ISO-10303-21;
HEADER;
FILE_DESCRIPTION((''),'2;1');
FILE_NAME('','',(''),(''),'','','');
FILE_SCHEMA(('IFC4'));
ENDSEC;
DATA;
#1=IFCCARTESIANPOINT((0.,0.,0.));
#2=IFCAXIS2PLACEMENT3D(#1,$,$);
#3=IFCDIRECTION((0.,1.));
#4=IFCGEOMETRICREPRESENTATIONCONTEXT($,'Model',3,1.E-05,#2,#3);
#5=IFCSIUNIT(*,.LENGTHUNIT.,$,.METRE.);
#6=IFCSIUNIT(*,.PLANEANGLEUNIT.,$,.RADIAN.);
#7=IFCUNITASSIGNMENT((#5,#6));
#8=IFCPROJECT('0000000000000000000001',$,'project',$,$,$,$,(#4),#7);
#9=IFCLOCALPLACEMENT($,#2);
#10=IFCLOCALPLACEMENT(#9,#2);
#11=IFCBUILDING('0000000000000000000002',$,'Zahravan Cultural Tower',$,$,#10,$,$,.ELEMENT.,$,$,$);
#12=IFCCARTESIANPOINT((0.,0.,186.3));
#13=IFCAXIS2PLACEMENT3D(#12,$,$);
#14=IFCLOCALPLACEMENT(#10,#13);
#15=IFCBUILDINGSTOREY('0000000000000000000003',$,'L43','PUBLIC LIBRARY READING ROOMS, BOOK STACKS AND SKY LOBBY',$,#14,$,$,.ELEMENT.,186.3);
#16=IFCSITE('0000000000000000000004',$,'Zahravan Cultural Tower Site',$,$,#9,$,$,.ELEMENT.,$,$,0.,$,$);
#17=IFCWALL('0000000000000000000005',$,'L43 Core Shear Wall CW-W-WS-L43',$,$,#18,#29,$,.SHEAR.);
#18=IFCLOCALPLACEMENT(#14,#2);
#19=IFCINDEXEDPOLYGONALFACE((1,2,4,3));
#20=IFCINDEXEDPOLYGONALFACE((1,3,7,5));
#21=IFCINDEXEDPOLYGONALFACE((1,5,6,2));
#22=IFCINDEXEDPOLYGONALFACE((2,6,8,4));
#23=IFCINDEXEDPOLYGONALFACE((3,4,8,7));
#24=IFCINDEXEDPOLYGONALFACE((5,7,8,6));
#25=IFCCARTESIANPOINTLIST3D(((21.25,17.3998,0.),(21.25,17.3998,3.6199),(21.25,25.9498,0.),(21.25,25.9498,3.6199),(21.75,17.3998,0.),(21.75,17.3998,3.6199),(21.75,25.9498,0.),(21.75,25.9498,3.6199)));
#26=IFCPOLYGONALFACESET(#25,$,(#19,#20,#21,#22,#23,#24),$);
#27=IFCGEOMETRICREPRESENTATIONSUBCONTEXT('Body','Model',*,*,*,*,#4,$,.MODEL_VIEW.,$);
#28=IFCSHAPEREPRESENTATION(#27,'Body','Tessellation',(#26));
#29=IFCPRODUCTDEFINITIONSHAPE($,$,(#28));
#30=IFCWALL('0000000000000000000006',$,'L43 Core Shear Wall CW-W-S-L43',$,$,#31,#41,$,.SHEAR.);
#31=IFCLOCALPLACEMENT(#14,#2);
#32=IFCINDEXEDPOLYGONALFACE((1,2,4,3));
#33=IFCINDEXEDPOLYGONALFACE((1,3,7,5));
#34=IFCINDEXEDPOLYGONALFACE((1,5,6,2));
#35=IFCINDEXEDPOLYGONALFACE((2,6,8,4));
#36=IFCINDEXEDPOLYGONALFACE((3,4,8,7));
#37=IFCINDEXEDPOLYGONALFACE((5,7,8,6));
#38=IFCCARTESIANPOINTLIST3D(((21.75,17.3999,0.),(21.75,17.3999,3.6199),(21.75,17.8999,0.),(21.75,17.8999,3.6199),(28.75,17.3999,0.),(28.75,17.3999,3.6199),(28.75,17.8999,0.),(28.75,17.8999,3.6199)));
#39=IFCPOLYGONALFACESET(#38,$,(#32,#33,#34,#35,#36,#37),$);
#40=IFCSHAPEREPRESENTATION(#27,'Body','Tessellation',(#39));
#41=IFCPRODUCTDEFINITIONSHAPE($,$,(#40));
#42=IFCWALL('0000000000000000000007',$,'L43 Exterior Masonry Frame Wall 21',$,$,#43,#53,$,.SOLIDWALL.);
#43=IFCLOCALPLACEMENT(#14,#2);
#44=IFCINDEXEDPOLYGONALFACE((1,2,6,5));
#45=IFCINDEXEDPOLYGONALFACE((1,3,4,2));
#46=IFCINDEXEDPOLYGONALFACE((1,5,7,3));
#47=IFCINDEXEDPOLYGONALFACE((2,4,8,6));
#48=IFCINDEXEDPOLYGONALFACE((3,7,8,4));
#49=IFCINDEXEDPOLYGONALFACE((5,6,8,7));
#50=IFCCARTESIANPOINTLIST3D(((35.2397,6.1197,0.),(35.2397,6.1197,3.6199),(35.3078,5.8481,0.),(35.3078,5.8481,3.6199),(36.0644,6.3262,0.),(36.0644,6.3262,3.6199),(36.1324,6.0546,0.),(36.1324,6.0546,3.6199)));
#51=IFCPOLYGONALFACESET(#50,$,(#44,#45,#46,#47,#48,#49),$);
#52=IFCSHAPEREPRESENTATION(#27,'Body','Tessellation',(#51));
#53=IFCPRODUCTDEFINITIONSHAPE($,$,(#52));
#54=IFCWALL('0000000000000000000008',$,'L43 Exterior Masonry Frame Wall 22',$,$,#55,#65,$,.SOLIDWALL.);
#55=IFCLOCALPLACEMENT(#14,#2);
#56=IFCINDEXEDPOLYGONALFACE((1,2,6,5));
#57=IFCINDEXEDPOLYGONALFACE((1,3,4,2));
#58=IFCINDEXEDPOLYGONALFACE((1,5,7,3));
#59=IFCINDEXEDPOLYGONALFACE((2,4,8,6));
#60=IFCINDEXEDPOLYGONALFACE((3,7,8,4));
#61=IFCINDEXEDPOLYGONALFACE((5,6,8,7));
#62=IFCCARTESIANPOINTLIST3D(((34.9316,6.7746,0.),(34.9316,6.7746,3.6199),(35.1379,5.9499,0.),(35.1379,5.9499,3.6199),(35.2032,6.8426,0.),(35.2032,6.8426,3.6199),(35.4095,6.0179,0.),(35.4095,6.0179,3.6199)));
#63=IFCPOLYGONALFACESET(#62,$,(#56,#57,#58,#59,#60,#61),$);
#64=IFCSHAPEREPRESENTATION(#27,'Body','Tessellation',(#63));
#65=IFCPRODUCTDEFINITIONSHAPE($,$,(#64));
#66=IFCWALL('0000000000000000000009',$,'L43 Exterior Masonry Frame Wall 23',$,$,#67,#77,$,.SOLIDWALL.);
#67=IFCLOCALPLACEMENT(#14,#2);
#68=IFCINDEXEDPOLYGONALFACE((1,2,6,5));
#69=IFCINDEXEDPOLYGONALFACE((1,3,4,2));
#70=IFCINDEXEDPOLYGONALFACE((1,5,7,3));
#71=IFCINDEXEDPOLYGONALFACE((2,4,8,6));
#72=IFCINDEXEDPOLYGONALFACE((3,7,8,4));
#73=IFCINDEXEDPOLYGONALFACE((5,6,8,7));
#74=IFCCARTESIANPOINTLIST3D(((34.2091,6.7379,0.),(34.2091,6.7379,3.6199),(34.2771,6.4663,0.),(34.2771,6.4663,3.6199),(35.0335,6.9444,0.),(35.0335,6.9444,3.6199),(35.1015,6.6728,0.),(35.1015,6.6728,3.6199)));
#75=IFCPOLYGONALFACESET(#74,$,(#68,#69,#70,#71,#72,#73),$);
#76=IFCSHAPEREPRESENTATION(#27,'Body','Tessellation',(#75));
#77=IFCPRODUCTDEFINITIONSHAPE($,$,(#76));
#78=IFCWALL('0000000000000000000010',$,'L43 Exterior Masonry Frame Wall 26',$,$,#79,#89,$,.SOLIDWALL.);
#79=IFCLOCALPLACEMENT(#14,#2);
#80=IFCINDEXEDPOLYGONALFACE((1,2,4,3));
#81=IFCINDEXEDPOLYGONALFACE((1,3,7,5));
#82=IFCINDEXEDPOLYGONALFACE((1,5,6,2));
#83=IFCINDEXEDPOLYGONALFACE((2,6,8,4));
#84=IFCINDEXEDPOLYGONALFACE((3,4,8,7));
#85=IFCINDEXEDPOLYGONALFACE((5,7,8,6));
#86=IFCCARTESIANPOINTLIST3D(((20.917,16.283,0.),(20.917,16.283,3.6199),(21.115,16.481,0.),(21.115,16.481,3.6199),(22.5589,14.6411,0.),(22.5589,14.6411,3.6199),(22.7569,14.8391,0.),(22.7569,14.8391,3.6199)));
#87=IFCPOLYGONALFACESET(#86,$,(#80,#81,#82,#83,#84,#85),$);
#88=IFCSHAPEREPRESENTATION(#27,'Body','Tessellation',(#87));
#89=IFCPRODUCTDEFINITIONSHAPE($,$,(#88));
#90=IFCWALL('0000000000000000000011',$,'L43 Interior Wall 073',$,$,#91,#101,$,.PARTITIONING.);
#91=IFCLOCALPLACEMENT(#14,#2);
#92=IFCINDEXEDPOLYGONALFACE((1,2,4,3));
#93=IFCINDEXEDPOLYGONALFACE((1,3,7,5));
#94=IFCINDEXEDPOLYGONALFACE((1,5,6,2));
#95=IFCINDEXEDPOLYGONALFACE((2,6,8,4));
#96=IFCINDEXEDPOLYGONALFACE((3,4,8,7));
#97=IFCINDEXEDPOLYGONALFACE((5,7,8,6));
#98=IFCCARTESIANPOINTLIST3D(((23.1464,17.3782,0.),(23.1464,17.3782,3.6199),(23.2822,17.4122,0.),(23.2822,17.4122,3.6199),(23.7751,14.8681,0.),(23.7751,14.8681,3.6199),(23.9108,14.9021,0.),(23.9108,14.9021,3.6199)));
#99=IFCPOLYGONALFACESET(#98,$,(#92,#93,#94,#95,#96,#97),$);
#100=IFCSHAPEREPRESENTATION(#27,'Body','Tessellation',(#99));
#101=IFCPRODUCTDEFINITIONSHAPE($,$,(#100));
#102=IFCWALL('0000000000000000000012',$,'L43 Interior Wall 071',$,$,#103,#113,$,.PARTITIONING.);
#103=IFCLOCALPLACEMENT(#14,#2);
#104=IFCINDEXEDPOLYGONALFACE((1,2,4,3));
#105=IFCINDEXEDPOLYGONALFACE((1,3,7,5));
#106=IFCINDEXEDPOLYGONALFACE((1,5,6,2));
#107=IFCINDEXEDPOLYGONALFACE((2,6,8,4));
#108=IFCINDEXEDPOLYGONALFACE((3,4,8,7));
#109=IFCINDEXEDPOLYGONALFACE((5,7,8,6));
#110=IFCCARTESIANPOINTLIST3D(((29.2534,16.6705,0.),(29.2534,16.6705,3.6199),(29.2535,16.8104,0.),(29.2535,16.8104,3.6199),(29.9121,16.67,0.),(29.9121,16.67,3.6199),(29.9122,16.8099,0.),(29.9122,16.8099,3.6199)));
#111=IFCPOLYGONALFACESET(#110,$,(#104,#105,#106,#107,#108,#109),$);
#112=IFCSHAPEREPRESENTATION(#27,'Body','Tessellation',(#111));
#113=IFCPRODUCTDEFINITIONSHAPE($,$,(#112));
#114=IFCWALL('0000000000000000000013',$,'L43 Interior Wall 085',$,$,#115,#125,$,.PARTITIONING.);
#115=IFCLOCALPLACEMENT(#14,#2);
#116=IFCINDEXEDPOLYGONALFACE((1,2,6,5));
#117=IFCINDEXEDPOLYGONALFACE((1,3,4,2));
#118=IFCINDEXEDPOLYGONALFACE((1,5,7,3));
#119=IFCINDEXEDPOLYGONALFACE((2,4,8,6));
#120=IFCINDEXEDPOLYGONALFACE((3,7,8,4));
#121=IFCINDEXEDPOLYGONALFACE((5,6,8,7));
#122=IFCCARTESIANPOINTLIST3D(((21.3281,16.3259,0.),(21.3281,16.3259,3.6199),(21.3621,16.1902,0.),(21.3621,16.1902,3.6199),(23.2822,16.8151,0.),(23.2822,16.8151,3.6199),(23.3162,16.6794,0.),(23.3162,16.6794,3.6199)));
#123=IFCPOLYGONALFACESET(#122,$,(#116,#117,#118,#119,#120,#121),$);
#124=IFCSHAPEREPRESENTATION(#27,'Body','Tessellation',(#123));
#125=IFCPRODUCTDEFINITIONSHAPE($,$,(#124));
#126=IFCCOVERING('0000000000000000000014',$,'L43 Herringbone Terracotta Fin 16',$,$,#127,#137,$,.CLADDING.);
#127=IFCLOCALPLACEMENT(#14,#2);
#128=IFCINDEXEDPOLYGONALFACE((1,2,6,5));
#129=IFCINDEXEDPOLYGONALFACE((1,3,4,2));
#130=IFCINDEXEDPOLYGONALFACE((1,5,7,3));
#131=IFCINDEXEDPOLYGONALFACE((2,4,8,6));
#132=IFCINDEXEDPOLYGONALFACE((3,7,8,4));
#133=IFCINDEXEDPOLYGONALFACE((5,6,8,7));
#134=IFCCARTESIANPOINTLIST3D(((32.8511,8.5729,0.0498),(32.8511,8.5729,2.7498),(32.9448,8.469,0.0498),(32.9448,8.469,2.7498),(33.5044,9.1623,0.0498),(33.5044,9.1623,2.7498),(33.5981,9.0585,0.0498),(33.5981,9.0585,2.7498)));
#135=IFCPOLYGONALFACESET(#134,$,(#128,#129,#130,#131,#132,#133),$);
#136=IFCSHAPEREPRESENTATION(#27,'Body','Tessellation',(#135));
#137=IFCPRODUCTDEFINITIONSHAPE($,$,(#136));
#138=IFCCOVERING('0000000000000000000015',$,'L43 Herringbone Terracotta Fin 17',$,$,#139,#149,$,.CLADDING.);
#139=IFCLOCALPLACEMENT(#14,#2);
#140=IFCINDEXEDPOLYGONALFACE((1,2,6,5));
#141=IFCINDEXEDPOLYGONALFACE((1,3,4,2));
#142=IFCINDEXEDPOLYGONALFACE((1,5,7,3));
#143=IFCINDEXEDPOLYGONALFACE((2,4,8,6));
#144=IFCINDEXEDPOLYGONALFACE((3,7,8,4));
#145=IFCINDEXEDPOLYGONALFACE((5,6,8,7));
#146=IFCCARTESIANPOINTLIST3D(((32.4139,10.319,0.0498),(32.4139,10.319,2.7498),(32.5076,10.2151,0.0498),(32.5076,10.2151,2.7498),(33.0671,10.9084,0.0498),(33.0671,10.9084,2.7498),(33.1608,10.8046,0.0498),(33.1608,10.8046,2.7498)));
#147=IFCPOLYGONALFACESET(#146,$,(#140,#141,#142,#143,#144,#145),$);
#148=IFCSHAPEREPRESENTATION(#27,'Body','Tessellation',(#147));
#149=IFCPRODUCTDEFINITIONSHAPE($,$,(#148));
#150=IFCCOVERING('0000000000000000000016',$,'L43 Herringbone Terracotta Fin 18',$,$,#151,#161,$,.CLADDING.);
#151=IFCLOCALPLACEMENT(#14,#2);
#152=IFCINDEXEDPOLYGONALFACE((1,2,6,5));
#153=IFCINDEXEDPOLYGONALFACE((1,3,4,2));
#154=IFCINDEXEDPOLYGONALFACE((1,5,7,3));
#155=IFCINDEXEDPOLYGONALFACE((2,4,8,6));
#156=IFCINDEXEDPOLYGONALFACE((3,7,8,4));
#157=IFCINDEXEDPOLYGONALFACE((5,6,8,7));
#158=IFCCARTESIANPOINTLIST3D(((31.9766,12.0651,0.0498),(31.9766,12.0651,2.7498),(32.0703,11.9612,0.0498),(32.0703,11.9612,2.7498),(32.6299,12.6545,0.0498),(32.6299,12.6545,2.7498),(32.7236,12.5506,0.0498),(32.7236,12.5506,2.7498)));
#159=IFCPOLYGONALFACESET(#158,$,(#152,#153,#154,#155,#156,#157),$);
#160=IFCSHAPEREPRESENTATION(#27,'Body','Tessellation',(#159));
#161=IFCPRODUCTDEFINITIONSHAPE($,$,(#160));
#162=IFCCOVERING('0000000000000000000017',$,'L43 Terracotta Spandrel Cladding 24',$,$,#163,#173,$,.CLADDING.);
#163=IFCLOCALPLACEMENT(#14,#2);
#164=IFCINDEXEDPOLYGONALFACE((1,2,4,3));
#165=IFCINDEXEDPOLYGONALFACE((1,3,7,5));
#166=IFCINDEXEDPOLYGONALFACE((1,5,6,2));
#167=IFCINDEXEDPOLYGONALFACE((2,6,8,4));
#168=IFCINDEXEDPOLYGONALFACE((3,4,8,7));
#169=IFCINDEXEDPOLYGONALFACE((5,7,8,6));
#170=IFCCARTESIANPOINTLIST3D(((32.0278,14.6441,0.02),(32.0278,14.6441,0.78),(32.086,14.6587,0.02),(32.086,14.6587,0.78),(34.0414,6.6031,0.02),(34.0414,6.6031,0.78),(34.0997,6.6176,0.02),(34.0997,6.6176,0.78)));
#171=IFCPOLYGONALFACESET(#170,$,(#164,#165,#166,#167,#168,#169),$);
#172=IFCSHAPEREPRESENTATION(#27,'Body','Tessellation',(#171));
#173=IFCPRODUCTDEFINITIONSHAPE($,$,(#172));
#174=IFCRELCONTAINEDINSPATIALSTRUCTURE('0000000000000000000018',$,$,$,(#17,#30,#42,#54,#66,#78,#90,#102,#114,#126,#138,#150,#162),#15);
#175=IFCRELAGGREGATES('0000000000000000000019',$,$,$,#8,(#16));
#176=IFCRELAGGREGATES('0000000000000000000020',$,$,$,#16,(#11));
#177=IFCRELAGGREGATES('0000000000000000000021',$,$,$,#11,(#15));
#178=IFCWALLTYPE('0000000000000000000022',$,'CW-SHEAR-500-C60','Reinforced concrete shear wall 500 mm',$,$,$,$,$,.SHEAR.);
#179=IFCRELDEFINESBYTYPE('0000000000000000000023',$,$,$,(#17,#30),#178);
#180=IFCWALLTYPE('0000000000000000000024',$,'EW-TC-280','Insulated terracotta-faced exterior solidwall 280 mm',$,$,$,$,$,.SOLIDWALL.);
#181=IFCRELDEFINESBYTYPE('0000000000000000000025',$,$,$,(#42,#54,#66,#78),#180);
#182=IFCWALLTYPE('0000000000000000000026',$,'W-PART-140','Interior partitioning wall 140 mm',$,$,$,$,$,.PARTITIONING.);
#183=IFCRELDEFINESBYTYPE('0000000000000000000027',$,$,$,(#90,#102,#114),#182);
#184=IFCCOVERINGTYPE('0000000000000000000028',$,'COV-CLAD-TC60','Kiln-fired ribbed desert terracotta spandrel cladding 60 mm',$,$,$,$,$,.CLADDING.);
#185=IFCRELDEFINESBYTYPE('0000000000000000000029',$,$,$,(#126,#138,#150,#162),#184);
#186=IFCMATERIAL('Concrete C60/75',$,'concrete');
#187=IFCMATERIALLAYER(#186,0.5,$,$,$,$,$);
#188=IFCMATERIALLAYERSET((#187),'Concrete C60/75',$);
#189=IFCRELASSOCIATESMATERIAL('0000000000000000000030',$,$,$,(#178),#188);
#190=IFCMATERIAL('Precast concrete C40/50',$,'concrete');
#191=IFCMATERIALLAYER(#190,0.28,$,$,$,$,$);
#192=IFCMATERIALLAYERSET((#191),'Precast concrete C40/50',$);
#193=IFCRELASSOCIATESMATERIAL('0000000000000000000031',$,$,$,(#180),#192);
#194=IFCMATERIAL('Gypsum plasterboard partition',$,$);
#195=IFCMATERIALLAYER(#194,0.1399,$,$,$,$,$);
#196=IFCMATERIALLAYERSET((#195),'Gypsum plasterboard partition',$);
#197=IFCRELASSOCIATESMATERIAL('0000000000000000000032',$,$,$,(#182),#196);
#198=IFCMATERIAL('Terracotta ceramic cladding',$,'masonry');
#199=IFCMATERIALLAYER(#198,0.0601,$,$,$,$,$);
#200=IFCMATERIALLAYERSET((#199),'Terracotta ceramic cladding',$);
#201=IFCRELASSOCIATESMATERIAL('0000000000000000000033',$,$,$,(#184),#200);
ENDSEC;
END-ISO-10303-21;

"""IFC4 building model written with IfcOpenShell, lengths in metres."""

from ifc_helpers import new_model, si_unit, direction, frame, frame_2d, origin, origin_2d, place, context, subcontext, project, spatial, rectangle, extrude, source, transform, mapped, material, layer, layer_set, type_object, element, save


model = new_model("IFC4")

# Units and contexts
model_context = context("Model", 3, precision=1e-05, world=origin(), true_north=direction((0.0, 1.0)))
body_context = subcontext(model_context, "Body", "Model", "MODEL_VIEW")
ifc_project = project(units=[si_unit("LENGTHUNIT", "METRE"), si_unit("PLANEANGLEUNIT", "RADIAN")], contexts=[model_context])

# Site, building, storey
site_placement = place(None, origin())
site = spatial("IfcSite", under=ifc_project, at=site_placement, Name="Zahravan Cultural Tower Site", CompositionType="ELEMENT", RefElevation=0.0)
building_placement = place(site_placement, origin())
building = spatial("IfcBuilding", under=site, at=building_placement, Name="Zahravan Cultural Tower", CompositionType="ELEMENT")
storey_placement = place(building_placement, frame((0.0, 0.0, 186.3)))
storey = spatial("IfcBuildingStorey", under=building, at=storey_placement, Name="L43", Description="PUBLIC LIBRARY READING ROOMS, BOOK STACKS AND SKY LOBBY", CompositionType="ELEMENT", Elevation=186.3)

# Shared definitions
ifc_material_1 = material(Name="Concrete C60/75", Category="concrete")
ifc_layer_1 = layer(ifc_material_1, 0.5)
ifc_layer_set_1 = layer_set([ifc_layer_1], Name="Concrete C60/75")
wall_type_1 = type_object("IfcWallType", Name="CW-SHEAR-500-C60", Description="Reinforced concrete shear wall 500 mm", PredefinedType="SHEAR", material=ifc_layer_set_1)

# Shared definitions
ifc_material_2 = material(Name="Precast concrete C40/50", Category="concrete")
ifc_layer_2 = layer(ifc_material_2, 0.28)
ifc_layer_set_2 = layer_set([ifc_layer_2], Name="Precast concrete C40/50")
wall_type_2 = type_object("IfcWallType", Name="EW-TC-280", Description="Insulated terracotta-faced exterior solidwall 280 mm", PredefinedType="SOLIDWALL", material=ifc_layer_set_2)

# Shared definitions
ifc_material_3 = material(Name="Gypsum plasterboard partition")
ifc_layer_3 = layer(ifc_material_3, 0.1399)
ifc_layer_set_3 = layer_set([ifc_layer_3], Name="Gypsum plasterboard partition")
wall_type_3 = type_object("IfcWallType", Name="W-PART-140", Description="Interior partitioning wall 140 mm", PredefinedType="PARTITIONING", material=ifc_layer_set_3)

# Walls
shared_shape_1 = source(origin(), body_context, "Body", "SweptSolid", [
    extrude(rectangle(XDim=8.55, YDim=0.5, at=frame_2d((4.2749, 0.0))), origin(), (0.0, 0.0, 1.0), 3.6199),
])
wall_1_placement = place(storey_placement, frame((21.5, 17.3999, 0.0), z_axis=(0.0, 0.0, 1.0), x_axis=(0.0, 1.0, 0.0)))
element("IfcWall", 1, at=wall_1_placement, inside=storey, type_object=wall_type_1, Name="L43 Core Shear Wall CW-W-WS-L43", PredefinedType="SHEAR", context=body_context, shape_type="MappedRepresentation", body=[
    mapped(shared_shape_1, transform((0.0, 0.0, 0.0), x_axis=(1.0, 0.0, 0.0), y_axis=(0.0, 1.0, 0.0), z_axis=(0.0, 0.0, 1.0), scale=1.0)),
])
shared_shape_2 = source(origin(), body_context, "Body", "SweptSolid", [
    extrude(rectangle(XDim=7.0, YDim=0.5, at=frame_2d((3.5, 0.0))), origin(), (0.0, 0.0, 1.0), 3.6199),
])
wall_2_placement = place(storey_placement, frame((21.75, 17.6499, 0.0), z_axis=(0.0, 0.0, 1.0), x_axis=(1.0, 0.0, 0.0)))
element("IfcWall", 2, at=wall_2_placement, inside=storey, type_object=wall_type_1, Name="L43 Core Shear Wall CW-W-S-L43", PredefinedType="SHEAR", context=body_context, shape_type="MappedRepresentation", body=[
    mapped(shared_shape_2, transform((0.0, 0.0, 0.0), x_axis=(1.0, 0.0, 0.0), y_axis=(0.0, 1.0, 0.0), z_axis=(0.0, 0.0, 1.0), scale=1.0)),
])
shared_shape_3 = source(origin(), body_context, "Body", "SweptSolid", [
    extrude(rectangle(XDim=0.8501, YDim=0.28, at=frame_2d((0.425, 0.0))), origin(), (0.0, 0.0, 1.0), 3.6199),
])
for number, where, z_axis, x_axis, name in (
    (3, (36.0984, 6.1904, 0.0), (0.0, 0.0, 1.0), (-0.970041, -0.242941, 0.0), "L43 Exterior Masonry Frame Wall 21"),
    (4, (35.2737, 5.9839, 0.0), (0.0, 0.0, 1.0), (-0.242671, 0.970109, 0.0), "L43 Exterior Masonry Frame Wall 22"),
):
    element("IfcWall", number, at=place(storey_placement, frame(where, z_axis=z_axis, x_axis=x_axis)), inside=storey, type_object=wall_type_2, Name=name, PredefinedType="SOLIDWALL", context=body_context, shape_type="MappedRepresentation", body=[
        mapped(shared_shape_3, transform((0.0, 0.0, 0.0), x_axis=(1.0, 0.0, 0.0), y_axis=(0.0, 1.0, 0.0), z_axis=(0.0, 0.0, 1.0), scale=1.0)),
    ])
shared_shape_4 = source(origin(), body_context, "Body", "SweptSolid", [
    extrude(rectangle(XDim=0.8499, YDim=0.28, at=frame_2d((0.4248, 0.0))), origin(), (0.0, 0.0, 1.0), 3.6199),
])
wall_3_placement = place(storey_placement, frame((35.0674, 6.8086, 0.0), z_axis=(0.0, 0.0, 1.0), x_axis=(-0.970024, -0.243009, 0.0)))
element("IfcWall", 5, at=wall_3_placement, inside=storey, type_object=wall_type_2, Name="L43 Exterior Masonry Frame Wall 23", PredefinedType="SOLIDWALL", context=body_context, shape_type="MappedRepresentation", body=[
    mapped(shared_shape_4, transform((0.0, 0.0, 0.0), x_axis=(1.0, 0.0, 0.0), y_axis=(0.0, 1.0, 0.0), z_axis=(0.0, 0.0, 1.0), scale=1.0)),
])
shared_shape_5 = source(origin(), body_context, "Body", "SweptSolid", [
    extrude(rectangle(XDim=2.322, YDim=0.28, at=frame_2d((1.1611, 0.0))), origin(), (0.0, 0.0, 1.0), 3.6199),
])
wall_4_placement = place(storey_placement, frame((22.658, 14.74, 0.0), z_axis=(0.0, 0.0, 1.0), x_axis=(-0.707107, 0.707107, 0.0)))
element("IfcWall", 6, at=wall_4_placement, inside=storey, type_object=wall_type_2, Name="L43 Exterior Masonry Frame Wall 26", PredefinedType="SOLIDWALL", context=body_context, shape_type="MappedRepresentation", body=[
    mapped(shared_shape_5, transform((0.0, 0.0, 0.0), x_axis=(1.0, 0.0, 0.0), y_axis=(0.0, 1.0, 0.0), z_axis=(0.0, 0.0, 1.0), scale=1.0)),
])
shared_shape_6 = source(origin(), body_context, "Body", "SweptSolid", [
    extrude(rectangle(XDim=2.5876, YDim=0.1399, at=frame_2d((1.2939, 0.0))), origin(), (0.0, 0.0, 1.0), 3.6199),
])
wall_5_placement = place(storey_placement, frame((23.843, 14.885, 0.0), z_axis=(0.0, 0.0, 1.0), x_axis=(-0.242957, 0.970037, 0.0)))
element("IfcWall", 7, at=wall_5_placement, inside=storey, type_object=wall_type_3, Name="L43 Interior Wall 073", PredefinedType="PARTITIONING", context=body_context, shape_type="MappedRepresentation", body=[
    mapped(shared_shape_6, transform((0.0, 0.0, 0.0), x_axis=(1.0, 0.0, 0.0), y_axis=(0.0, 1.0, 0.0), z_axis=(0.0, 0.0, 1.0), scale=1.0)),
])
shared_shape_7 = source(origin(), body_context, "Body", "SweptSolid", [
    extrude(rectangle(XDim=0.6587, YDim=0.1399, at=frame_2d((0.3293, 0.0))), origin(), (0.0, 0.0, 1.0), 3.6199),
])
wall_6_placement = place(storey_placement, frame((29.2534, 16.7405, 0.0), z_axis=(0.0, 0.0, 1.0), x_axis=(1.0, -0.000741, 0.0)))
element("IfcWall", 8, at=wall_6_placement, inside=storey, type_object=wall_type_3, Name="L43 Interior Wall 071", PredefinedType="PARTITIONING", context=body_context, shape_type="MappedRepresentation", body=[
    mapped(shared_shape_7, transform((0.0, 0.0, 0.0), x_axis=(1.0, 0.0, 0.0), y_axis=(0.0, 1.0, 0.0), z_axis=(0.0, 0.0, 1.0), scale=1.0)),
])
shared_shape_8 = source(origin(), body_context, "Body", "SweptSolid", [
    extrude(rectangle(XDim=2.0144, YDim=0.1399, at=frame_2d((1.0073, 0.0))), origin(), (0.0, 0.0, 1.0), 3.6199),
])
wall_7_placement = place(storey_placement, frame((23.2993, 16.7473, 0.0), z_axis=(0.0, 0.0, 1.0), x_axis=(-0.970057, -0.242878, 0.0)))
element("IfcWall", 9, at=wall_7_placement, inside=storey, type_object=wall_type_3, Name="L43 Interior Wall 085", PredefinedType="PARTITIONING", context=body_context, shape_type="MappedRepresentation", body=[
    mapped(shared_shape_8, transform((0.0, 0.0, 0.0), x_axis=(1.0, 0.0, 0.0), y_axis=(0.0, 1.0, 0.0), z_axis=(0.0, 0.0, 1.0), scale=1.0)),
])

# Coverings
ifc_material_4 = material(Name="Terracotta ceramic cladding", Category="masonry")
ifc_layer_4 = layer(ifc_material_4, 0.0601)
ifc_layer_set_4 = layer_set([ifc_layer_4], Name="Terracotta ceramic cladding")
covering_type = type_object("IfcCoveringType", Name="COV-CLAD-TC60", Description="Kiln-fired ribbed desert terracotta spandrel cladding 60 mm", PredefinedType="CLADDING", material=ifc_layer_set_4)
shared_shape_9 = source(origin(), body_context, "Body", "SweptSolid", [
    extrude(rectangle(XDim=0.8799, YDim=0.1399, at=origin_2d()), origin(), (0.0, 0.0, 1.0), 2.7),
])
for number, where, z_axis, x_axis, name in (
    (10, (33.2246, 8.8157, 0.0498), (0.0, 0.0, 1.0), (-0.742455, -0.669896, 0.0), "L43 Herringbone Terracotta Fin 16"),
    (11, (32.7874, 10.5618, 0.0498), (0.0, 0.0, 1.0), (-0.742455, -0.669896, 0.0), "L43 Herringbone Terracotta Fin 17"),
    (12, (32.3501, 12.3079, 0.0498), (0.0, 0.0, 1.0), (-0.742455, -0.669896, 0.0), "L43 Herringbone Terracotta Fin 18"),
):
    element("IfcCovering", number, at=place(storey_placement, frame(where, z_axis=z_axis, x_axis=x_axis)), inside=storey, type_object=covering_type, Name=name, PredefinedType="CLADDING", context=body_context, shape_type="MappedRepresentation", body=[
        mapped(shared_shape_9, transform((0.0, 0.0, 0.0), x_axis=(1.0, 0.0, 0.0), y_axis=(0.0, 1.0, 0.0), z_axis=(0.0, 0.0, 1.0), scale=1.0)),
    ])
shared_shape_10 = source(origin(), body_context, "Body", "SweptSolid", [
    extrude(rectangle(XDim=8.2893, YDim=0.0601, at=origin_2d()), origin(), (0.0, 0.0, 1.0), 0.76),
])
covering_1_placement = place(storey_placement, frame((33.0637, 10.6309, 0.02), z_axis=(0.0, 0.0, 1.0), x_axis=(-0.242921, 0.970046, 0.0)))
element("IfcCovering", 13, at=covering_1_placement, inside=storey, type_object=covering_type, Name="L43 Terracotta Spandrel Cladding 24", PredefinedType="CLADDING", context=body_context, shape_type="MappedRepresentation", body=[
    mapped(shared_shape_10, transform((0.0, 0.0, 0.0), x_axis=(1.0, 0.0, 0.0), y_axis=(0.0, 1.0, 0.0), z_axis=(0.0, 0.0, 1.0), scale=1.0)),
])

save(model, "model.ifc")
